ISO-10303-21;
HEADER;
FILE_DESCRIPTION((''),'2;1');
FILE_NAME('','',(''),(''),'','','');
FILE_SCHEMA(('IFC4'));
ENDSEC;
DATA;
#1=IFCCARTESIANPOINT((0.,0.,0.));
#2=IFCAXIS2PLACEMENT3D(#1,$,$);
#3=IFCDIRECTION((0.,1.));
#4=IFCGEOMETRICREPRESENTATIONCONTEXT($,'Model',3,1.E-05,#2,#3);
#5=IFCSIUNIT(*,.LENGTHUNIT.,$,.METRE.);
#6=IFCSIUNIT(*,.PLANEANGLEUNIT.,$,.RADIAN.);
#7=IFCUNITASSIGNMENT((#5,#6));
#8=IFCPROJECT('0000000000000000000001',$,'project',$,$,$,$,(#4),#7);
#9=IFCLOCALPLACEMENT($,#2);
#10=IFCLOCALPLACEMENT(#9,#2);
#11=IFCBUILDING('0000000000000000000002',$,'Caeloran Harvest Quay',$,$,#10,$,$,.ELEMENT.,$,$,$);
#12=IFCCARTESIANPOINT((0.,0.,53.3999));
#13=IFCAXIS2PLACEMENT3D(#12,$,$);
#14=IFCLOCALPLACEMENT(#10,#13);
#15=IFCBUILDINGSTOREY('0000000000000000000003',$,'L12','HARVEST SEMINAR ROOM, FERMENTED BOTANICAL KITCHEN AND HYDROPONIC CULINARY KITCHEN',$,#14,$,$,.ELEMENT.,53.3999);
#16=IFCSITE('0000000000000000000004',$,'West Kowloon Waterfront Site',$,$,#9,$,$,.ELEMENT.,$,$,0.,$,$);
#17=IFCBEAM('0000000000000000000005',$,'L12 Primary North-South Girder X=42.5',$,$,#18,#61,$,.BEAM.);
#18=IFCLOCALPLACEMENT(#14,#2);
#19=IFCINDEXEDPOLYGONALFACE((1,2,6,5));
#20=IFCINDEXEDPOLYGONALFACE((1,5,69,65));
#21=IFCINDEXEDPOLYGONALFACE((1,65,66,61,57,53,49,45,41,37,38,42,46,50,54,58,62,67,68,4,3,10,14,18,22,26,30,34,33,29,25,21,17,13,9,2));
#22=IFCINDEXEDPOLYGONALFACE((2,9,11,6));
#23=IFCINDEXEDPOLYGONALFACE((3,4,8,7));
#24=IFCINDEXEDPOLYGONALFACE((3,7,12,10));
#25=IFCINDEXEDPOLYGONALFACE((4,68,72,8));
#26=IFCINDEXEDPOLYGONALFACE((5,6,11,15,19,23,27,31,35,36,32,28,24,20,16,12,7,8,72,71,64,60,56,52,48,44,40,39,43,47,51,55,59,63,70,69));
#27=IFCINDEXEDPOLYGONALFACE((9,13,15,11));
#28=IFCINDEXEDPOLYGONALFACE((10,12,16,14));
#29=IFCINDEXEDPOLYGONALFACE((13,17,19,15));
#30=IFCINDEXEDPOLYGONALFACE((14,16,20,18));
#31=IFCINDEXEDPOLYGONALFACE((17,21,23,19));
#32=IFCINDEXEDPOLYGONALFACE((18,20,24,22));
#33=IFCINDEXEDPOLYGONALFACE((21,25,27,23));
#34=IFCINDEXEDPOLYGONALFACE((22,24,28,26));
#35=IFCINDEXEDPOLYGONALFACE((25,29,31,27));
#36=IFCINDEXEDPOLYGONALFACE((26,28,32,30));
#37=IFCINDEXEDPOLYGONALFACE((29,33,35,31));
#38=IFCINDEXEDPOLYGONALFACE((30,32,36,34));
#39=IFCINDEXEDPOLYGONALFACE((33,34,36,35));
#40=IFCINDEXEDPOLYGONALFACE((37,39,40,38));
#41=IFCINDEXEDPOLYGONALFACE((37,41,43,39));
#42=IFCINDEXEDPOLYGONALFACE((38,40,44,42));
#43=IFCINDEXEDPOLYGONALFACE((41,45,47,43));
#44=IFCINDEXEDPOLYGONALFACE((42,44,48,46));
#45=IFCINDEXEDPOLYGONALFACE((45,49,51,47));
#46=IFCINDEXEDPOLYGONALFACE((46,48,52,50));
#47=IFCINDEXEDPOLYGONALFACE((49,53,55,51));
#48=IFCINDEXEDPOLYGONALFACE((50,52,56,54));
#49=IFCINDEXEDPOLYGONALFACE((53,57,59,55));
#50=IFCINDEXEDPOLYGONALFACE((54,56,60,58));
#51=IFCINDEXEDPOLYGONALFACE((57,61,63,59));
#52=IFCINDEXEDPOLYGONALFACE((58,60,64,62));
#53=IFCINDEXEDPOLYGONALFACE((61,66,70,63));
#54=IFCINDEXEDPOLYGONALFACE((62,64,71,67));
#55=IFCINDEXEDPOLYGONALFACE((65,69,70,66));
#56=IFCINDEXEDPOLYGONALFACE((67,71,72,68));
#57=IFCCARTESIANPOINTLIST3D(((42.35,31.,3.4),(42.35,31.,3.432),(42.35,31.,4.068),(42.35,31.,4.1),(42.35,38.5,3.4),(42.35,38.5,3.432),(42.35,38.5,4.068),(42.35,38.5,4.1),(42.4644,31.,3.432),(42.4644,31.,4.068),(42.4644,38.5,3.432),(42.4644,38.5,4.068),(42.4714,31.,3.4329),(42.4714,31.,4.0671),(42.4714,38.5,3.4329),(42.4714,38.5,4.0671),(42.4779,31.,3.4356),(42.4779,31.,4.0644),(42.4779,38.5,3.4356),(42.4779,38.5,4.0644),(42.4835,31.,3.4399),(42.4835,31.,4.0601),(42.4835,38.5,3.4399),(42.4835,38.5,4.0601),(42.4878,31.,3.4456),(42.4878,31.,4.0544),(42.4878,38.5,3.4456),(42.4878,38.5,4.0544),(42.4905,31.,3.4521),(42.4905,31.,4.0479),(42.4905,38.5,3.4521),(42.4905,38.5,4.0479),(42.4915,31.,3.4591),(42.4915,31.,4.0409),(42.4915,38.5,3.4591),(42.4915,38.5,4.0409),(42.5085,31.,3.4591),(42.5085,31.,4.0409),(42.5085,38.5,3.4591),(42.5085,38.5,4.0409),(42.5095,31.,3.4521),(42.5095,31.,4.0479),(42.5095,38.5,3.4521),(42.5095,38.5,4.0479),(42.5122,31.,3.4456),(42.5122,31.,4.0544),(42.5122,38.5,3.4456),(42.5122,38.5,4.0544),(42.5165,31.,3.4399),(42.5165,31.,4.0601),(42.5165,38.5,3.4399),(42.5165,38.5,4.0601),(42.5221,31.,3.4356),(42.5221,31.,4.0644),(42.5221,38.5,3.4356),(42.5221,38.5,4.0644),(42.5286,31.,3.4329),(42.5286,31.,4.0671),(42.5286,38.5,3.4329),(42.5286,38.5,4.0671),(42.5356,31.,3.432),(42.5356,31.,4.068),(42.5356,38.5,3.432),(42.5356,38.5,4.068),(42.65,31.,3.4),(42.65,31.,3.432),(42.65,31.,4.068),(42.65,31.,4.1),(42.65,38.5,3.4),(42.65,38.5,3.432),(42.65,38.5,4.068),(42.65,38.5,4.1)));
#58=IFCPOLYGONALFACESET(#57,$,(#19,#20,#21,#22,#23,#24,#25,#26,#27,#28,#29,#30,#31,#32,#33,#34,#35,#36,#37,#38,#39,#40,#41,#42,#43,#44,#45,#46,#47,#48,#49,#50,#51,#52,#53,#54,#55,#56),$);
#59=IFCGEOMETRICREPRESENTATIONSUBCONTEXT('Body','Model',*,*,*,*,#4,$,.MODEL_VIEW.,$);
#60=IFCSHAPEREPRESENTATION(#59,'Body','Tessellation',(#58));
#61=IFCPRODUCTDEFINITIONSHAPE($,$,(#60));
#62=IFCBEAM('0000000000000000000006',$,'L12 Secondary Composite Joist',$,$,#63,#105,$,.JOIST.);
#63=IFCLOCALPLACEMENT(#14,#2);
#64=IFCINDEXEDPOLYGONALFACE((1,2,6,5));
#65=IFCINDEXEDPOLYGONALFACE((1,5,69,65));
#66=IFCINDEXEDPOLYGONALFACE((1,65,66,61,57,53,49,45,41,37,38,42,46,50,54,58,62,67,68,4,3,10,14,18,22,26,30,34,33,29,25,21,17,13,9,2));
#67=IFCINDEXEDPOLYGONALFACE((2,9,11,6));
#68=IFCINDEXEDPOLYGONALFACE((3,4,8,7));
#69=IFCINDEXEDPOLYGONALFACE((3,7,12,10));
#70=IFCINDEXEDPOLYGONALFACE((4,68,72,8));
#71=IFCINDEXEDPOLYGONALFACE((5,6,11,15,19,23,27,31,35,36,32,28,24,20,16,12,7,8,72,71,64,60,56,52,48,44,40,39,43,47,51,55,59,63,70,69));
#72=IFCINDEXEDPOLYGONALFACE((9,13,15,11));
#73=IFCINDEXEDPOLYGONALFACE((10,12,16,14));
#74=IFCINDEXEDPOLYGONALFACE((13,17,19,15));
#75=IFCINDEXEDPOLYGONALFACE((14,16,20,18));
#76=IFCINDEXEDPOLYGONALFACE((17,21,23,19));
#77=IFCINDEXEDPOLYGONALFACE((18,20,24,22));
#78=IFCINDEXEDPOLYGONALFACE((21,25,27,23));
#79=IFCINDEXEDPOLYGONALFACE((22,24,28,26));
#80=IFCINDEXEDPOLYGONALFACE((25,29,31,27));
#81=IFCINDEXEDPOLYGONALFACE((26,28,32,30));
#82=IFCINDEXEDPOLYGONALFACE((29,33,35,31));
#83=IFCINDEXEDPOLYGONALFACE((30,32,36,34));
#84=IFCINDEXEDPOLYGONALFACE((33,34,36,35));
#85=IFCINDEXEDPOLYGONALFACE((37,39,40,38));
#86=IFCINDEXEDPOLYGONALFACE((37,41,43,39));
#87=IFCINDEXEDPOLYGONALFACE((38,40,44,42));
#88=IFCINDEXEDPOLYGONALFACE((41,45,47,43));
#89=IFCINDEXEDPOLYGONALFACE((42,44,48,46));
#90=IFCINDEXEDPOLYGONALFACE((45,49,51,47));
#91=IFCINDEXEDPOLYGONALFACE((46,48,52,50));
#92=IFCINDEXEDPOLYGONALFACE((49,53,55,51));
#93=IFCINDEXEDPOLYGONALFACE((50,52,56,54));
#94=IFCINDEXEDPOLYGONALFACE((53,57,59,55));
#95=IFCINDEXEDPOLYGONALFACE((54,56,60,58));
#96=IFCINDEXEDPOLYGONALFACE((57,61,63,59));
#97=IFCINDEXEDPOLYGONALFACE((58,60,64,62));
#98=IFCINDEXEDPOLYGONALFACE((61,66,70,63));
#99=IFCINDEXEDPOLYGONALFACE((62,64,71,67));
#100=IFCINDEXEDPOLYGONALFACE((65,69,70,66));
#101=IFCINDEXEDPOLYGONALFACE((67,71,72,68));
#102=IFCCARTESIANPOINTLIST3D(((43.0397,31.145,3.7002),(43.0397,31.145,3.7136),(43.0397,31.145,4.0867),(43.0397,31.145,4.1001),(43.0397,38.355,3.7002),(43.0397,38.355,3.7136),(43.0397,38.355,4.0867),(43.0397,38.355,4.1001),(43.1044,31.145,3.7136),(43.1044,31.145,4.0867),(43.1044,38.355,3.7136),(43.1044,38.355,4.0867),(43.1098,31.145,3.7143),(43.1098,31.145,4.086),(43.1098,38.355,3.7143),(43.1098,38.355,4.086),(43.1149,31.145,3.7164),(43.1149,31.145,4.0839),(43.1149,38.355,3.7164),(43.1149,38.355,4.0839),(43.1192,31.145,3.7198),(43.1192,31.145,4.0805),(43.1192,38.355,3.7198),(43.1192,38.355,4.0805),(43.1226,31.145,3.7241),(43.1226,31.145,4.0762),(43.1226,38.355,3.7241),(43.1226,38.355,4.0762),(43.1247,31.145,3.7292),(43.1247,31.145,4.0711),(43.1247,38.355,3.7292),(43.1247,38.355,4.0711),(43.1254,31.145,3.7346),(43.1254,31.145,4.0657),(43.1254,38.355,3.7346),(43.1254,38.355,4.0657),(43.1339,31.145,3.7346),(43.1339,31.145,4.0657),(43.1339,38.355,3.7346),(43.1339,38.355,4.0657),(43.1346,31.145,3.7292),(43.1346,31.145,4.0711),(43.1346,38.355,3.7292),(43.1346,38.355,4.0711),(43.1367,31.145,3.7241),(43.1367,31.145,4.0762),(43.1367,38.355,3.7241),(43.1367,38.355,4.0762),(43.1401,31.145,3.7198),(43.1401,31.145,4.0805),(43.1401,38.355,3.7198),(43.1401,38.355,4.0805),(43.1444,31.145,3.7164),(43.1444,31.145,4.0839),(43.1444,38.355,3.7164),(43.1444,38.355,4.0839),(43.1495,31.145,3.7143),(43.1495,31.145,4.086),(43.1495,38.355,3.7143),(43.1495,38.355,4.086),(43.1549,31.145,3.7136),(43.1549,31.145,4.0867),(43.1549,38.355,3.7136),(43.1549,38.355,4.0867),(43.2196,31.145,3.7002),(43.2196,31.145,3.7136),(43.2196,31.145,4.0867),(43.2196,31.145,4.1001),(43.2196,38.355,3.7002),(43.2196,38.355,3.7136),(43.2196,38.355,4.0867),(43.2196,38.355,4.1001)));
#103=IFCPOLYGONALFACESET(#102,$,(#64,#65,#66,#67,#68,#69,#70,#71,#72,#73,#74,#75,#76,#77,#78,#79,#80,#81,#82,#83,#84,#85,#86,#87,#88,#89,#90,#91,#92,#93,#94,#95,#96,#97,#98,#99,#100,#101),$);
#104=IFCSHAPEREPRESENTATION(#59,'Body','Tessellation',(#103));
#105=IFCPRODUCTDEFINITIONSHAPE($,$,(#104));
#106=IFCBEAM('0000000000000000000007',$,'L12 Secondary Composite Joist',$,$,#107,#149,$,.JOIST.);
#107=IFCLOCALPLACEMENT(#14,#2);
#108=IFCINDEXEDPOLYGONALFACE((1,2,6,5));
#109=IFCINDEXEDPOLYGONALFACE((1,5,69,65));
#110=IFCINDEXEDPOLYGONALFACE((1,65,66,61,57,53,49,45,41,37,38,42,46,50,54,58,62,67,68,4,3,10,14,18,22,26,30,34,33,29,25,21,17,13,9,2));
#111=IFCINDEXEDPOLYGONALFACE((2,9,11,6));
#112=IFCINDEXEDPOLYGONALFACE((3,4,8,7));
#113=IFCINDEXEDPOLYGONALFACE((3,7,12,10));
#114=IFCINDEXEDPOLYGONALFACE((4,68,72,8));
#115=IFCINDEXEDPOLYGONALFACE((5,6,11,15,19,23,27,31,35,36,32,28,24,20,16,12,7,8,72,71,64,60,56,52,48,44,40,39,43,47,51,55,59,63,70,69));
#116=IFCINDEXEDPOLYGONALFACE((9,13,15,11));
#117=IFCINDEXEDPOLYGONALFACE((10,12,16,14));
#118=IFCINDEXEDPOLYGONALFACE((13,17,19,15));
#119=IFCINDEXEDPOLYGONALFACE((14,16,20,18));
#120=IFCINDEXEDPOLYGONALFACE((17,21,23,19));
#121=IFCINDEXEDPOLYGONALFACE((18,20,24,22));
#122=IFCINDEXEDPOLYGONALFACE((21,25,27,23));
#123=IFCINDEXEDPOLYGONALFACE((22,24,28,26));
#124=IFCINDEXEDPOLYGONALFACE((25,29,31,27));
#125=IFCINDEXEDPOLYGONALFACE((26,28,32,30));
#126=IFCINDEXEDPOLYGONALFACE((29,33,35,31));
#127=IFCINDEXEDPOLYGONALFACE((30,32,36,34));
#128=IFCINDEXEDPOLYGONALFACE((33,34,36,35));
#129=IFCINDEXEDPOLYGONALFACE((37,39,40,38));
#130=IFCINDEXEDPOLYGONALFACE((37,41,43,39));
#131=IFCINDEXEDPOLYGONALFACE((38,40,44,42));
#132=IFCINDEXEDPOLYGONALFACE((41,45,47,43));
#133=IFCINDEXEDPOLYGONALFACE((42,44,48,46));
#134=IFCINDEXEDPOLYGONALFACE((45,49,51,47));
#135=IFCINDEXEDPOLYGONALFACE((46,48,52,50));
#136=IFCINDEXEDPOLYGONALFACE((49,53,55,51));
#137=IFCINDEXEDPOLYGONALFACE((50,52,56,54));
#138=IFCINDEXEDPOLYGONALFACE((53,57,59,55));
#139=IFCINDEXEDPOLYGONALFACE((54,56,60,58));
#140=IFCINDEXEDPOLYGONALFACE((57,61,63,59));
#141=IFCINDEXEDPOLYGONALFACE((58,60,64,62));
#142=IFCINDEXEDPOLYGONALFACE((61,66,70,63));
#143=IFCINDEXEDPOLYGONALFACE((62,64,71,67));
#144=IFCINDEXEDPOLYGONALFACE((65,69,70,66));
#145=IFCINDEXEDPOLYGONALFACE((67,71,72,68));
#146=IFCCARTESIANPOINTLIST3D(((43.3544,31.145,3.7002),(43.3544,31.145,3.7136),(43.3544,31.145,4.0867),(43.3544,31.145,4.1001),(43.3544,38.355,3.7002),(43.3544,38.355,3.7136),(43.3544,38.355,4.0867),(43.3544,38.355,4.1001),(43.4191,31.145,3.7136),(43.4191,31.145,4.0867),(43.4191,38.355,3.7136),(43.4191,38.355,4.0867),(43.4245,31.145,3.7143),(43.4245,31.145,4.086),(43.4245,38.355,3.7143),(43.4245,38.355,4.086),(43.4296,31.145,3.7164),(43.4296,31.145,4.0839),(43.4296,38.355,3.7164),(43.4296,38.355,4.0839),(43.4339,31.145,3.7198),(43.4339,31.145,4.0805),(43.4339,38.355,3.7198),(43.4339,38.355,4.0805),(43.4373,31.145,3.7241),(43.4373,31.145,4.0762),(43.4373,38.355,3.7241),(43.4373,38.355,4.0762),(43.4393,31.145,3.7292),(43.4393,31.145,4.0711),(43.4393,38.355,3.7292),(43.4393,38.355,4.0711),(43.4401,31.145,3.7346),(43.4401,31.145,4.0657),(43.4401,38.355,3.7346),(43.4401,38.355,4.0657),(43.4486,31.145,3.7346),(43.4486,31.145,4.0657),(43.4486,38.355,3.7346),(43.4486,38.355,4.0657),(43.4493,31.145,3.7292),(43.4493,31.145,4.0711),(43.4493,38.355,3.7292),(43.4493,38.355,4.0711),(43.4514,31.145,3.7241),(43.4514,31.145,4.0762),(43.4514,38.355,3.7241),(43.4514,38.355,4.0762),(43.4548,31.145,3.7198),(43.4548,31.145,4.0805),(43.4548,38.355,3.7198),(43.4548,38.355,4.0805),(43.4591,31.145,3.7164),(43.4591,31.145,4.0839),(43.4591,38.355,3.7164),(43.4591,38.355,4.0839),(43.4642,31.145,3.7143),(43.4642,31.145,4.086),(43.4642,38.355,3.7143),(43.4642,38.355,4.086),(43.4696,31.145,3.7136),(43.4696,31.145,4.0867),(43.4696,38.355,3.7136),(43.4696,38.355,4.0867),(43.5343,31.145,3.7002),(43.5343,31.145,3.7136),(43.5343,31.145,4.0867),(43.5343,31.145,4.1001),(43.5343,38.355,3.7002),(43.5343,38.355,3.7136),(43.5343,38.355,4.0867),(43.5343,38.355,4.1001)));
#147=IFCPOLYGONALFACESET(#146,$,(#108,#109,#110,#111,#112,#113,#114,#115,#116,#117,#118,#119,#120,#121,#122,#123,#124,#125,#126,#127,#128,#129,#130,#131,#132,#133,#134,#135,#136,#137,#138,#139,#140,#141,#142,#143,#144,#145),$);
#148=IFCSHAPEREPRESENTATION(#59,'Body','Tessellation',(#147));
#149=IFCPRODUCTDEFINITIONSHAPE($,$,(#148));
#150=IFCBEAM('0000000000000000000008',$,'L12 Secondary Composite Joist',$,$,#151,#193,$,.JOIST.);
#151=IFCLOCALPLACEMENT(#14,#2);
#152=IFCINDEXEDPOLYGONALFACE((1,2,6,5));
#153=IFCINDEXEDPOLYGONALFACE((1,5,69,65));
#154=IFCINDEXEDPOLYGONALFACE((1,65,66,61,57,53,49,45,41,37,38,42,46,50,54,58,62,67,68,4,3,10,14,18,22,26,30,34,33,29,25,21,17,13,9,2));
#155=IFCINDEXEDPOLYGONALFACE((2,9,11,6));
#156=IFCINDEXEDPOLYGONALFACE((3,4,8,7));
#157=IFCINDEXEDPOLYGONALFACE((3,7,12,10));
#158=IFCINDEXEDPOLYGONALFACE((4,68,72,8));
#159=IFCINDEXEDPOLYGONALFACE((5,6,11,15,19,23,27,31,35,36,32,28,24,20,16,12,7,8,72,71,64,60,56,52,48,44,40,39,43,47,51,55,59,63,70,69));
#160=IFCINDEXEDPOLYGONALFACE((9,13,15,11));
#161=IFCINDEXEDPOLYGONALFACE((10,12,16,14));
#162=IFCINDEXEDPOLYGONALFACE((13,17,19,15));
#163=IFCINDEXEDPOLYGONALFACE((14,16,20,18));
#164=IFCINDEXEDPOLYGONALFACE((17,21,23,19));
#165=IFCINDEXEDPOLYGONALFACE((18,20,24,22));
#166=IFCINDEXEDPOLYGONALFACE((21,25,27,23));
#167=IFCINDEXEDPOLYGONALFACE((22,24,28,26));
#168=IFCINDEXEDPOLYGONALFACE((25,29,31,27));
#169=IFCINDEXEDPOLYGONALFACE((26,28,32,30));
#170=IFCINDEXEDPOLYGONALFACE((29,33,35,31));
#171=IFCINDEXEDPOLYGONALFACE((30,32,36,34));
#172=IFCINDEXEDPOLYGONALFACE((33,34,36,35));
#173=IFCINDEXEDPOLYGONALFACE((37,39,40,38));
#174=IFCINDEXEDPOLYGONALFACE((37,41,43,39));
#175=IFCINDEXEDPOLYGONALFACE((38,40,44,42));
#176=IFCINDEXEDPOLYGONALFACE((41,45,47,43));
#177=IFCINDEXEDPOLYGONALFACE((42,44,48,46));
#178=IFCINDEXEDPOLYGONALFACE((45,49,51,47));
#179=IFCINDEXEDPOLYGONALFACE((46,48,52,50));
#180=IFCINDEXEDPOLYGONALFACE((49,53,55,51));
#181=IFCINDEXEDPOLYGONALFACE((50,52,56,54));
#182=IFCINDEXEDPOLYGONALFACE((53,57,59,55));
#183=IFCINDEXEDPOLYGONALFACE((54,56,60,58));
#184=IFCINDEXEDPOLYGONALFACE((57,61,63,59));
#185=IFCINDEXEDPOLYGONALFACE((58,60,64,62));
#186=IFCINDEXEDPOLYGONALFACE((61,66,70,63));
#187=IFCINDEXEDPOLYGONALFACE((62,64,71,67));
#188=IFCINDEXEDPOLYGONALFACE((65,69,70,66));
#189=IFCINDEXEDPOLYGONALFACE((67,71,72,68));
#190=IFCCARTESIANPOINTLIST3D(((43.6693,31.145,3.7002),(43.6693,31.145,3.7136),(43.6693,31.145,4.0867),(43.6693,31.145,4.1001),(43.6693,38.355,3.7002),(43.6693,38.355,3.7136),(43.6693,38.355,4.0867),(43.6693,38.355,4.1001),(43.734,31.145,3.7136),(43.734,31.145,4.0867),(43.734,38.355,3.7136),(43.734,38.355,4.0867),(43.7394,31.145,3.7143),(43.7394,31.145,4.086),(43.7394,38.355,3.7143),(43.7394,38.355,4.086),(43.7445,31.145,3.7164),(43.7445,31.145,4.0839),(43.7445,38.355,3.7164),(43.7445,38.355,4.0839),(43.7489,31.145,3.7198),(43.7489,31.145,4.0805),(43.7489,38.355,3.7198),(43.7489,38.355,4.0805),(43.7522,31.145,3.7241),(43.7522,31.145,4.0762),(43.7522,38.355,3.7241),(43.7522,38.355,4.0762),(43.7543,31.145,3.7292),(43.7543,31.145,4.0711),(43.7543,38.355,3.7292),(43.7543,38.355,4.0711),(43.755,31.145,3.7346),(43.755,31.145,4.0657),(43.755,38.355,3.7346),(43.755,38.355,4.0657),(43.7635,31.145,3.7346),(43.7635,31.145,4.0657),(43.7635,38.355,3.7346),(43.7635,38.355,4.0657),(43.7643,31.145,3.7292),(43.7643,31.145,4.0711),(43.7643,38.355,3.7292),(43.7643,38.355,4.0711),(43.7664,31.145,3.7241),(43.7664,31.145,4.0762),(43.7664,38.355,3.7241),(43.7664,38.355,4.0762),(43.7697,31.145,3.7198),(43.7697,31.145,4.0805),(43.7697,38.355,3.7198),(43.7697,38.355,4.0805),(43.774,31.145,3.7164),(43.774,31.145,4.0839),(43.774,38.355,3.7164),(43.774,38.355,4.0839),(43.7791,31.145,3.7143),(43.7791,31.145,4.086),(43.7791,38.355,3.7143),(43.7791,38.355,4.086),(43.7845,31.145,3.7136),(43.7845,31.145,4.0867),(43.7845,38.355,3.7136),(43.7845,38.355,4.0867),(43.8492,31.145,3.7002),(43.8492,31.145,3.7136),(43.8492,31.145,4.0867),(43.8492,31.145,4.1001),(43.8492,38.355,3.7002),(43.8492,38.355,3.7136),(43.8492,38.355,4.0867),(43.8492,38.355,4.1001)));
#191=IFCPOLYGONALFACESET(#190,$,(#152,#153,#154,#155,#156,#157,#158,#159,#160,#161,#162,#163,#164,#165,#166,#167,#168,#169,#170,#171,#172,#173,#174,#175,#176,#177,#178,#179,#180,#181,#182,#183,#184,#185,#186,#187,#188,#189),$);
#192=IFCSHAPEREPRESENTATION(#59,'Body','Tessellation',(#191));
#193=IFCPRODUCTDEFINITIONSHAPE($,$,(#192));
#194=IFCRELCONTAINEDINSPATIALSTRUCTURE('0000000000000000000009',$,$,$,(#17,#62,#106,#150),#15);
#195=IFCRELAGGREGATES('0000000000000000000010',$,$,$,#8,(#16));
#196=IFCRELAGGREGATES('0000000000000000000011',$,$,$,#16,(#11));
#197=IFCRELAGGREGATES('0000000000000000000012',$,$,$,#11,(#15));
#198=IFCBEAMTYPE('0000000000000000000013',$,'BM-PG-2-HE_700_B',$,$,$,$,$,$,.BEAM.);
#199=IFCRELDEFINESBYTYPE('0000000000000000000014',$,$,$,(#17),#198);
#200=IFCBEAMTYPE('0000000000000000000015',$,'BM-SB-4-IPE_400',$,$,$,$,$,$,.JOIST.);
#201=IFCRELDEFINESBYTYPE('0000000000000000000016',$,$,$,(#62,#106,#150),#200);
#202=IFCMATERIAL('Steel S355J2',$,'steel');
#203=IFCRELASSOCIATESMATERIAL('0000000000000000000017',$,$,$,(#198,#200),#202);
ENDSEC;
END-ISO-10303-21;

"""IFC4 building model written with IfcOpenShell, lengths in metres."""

from ifc_helpers import new_model, si_unit, direction, frame, origin, origin_2d, place, context, subcontext, project, spatial, i_section, extrude, material, material_profile, profile_set, type_object, element, save


model = new_model("IFC4")

# Units and contexts
model_context = context("Model", 3, precision=1e-05, world=origin(), true_north=direction((0.0, 1.0)))
body_context = subcontext(model_context, "Body", "Model", "MODEL_VIEW")
ifc_project = project(units=[si_unit("LENGTHUNIT", "METRE"), si_unit("PLANEANGLEUNIT", "RADIAN")], contexts=[model_context])

# Site, building, storey
site_placement = place(None, origin())
site = spatial("IfcSite", under=ifc_project, at=site_placement, Name="West Kowloon Waterfront Site", CompositionType="ELEMENT", RefElevation=0.0)
building_placement = place(site_placement, origin())
building = spatial("IfcBuilding", under=site, at=building_placement, Name="Caeloran Harvest Quay", CompositionType="ELEMENT")
storey_placement = place(building_placement, frame((0.0, 0.0, 53.3999)))
storey = spatial("IfcBuildingStorey", under=building, at=storey_placement, Name="L12", Description="HARVEST SEMINAR ROOM, FERMENTED BOTANICAL KITCHEN AND HYDROPONIC CULINARY KITCHEN", CompositionType="ELEMENT", Elevation=53.3999)

# Beams
ifc_material_1 = material(Name="Steel S355J2", Category="steel")
ifc_material_profile_1 = material_profile(ifc_material_1, i_section(OverallWidth=0.3, OverallDepth=0.7, WebThickness=0.0171, FlangeThickness=0.032, FilletRadius=0.0271, at=origin_2d()), Name="HE 700 B")
ifc_profile_set_1 = profile_set([ifc_material_profile_1], Name="Steel S355J2")
beam_type_1 = type_object("IfcBeamType", Name="BM-PG-2-HE_700_B", PredefinedType="BEAM", material=ifc_profile_set_1)
beam_placement = place(storey_placement, frame((42.5, 31.0, 3.75), z_axis=(0.0, 1.0, 0.0), x_axis=(-1.0, 0.0, 0.0)))
element("IfcBeam", 1, at=beam_placement, inside=storey, type_object=beam_type_1, Name="L12 Primary North-South Girder X=42.5", PredefinedType="BEAM", context=body_context, shape_type="SweptSolid", body=[
    extrude(i_section(OverallWidth=0.3, OverallDepth=0.7, WebThickness=0.0171, FlangeThickness=0.032, FilletRadius=0.0271, at=origin_2d()), origin(), (0.0, 0.0, 1.0), 7.5),
])
ifc_material_profile_2 = material_profile(ifc_material_1, i_section(OverallWidth=0.1799, OverallDepth=0.3999, WebThickness=0.0085, FlangeThickness=0.0134, FilletRadius=0.021, at=origin_2d()), Name="IPE 400")
ifc_profile_set_2 = profile_set([ifc_material_profile_2], Name="Steel S355J2")
beam_type_2 = type_object("IfcBeamType", Name="BM-SB-4-IPE_400", PredefinedType="JOIST", material=ifc_profile_set_2)
for number, where, z_axis, x_axis, name in (
    (2, (43.1296, 31.145, 3.9001), (0.0, 1.0, 0.0), (-1.0, 0.0, 0.0), "L12 Secondary Composite Joist"),
    (3, (43.4443, 31.145, 3.9001), (0.0, 1.0, 0.0), (-1.0, 0.0, 0.0), "L12 Secondary Composite Joist"),
    (4, (43.7593, 31.145, 3.9001), (0.0, 1.0, 0.0), (-1.0, 0.0, 0.0), "L12 Secondary Composite Joist"),
):
    element("IfcBeam", number, at=place(storey_placement, frame(where, z_axis=z_axis, x_axis=x_axis)), inside=storey, type_object=beam_type_2, Name=name, PredefinedType="JOIST", context=body_context, shape_type="SweptSolid", body=[
        extrude(i_section(OverallWidth=0.1799, OverallDepth=0.3999, WebThickness=0.0085, FlangeThickness=0.0134, FilletRadius=0.021, at=origin_2d()), origin(), (0.0, 0.0, 1.0), 7.21),
    ])

save(model, "model.ifc")
